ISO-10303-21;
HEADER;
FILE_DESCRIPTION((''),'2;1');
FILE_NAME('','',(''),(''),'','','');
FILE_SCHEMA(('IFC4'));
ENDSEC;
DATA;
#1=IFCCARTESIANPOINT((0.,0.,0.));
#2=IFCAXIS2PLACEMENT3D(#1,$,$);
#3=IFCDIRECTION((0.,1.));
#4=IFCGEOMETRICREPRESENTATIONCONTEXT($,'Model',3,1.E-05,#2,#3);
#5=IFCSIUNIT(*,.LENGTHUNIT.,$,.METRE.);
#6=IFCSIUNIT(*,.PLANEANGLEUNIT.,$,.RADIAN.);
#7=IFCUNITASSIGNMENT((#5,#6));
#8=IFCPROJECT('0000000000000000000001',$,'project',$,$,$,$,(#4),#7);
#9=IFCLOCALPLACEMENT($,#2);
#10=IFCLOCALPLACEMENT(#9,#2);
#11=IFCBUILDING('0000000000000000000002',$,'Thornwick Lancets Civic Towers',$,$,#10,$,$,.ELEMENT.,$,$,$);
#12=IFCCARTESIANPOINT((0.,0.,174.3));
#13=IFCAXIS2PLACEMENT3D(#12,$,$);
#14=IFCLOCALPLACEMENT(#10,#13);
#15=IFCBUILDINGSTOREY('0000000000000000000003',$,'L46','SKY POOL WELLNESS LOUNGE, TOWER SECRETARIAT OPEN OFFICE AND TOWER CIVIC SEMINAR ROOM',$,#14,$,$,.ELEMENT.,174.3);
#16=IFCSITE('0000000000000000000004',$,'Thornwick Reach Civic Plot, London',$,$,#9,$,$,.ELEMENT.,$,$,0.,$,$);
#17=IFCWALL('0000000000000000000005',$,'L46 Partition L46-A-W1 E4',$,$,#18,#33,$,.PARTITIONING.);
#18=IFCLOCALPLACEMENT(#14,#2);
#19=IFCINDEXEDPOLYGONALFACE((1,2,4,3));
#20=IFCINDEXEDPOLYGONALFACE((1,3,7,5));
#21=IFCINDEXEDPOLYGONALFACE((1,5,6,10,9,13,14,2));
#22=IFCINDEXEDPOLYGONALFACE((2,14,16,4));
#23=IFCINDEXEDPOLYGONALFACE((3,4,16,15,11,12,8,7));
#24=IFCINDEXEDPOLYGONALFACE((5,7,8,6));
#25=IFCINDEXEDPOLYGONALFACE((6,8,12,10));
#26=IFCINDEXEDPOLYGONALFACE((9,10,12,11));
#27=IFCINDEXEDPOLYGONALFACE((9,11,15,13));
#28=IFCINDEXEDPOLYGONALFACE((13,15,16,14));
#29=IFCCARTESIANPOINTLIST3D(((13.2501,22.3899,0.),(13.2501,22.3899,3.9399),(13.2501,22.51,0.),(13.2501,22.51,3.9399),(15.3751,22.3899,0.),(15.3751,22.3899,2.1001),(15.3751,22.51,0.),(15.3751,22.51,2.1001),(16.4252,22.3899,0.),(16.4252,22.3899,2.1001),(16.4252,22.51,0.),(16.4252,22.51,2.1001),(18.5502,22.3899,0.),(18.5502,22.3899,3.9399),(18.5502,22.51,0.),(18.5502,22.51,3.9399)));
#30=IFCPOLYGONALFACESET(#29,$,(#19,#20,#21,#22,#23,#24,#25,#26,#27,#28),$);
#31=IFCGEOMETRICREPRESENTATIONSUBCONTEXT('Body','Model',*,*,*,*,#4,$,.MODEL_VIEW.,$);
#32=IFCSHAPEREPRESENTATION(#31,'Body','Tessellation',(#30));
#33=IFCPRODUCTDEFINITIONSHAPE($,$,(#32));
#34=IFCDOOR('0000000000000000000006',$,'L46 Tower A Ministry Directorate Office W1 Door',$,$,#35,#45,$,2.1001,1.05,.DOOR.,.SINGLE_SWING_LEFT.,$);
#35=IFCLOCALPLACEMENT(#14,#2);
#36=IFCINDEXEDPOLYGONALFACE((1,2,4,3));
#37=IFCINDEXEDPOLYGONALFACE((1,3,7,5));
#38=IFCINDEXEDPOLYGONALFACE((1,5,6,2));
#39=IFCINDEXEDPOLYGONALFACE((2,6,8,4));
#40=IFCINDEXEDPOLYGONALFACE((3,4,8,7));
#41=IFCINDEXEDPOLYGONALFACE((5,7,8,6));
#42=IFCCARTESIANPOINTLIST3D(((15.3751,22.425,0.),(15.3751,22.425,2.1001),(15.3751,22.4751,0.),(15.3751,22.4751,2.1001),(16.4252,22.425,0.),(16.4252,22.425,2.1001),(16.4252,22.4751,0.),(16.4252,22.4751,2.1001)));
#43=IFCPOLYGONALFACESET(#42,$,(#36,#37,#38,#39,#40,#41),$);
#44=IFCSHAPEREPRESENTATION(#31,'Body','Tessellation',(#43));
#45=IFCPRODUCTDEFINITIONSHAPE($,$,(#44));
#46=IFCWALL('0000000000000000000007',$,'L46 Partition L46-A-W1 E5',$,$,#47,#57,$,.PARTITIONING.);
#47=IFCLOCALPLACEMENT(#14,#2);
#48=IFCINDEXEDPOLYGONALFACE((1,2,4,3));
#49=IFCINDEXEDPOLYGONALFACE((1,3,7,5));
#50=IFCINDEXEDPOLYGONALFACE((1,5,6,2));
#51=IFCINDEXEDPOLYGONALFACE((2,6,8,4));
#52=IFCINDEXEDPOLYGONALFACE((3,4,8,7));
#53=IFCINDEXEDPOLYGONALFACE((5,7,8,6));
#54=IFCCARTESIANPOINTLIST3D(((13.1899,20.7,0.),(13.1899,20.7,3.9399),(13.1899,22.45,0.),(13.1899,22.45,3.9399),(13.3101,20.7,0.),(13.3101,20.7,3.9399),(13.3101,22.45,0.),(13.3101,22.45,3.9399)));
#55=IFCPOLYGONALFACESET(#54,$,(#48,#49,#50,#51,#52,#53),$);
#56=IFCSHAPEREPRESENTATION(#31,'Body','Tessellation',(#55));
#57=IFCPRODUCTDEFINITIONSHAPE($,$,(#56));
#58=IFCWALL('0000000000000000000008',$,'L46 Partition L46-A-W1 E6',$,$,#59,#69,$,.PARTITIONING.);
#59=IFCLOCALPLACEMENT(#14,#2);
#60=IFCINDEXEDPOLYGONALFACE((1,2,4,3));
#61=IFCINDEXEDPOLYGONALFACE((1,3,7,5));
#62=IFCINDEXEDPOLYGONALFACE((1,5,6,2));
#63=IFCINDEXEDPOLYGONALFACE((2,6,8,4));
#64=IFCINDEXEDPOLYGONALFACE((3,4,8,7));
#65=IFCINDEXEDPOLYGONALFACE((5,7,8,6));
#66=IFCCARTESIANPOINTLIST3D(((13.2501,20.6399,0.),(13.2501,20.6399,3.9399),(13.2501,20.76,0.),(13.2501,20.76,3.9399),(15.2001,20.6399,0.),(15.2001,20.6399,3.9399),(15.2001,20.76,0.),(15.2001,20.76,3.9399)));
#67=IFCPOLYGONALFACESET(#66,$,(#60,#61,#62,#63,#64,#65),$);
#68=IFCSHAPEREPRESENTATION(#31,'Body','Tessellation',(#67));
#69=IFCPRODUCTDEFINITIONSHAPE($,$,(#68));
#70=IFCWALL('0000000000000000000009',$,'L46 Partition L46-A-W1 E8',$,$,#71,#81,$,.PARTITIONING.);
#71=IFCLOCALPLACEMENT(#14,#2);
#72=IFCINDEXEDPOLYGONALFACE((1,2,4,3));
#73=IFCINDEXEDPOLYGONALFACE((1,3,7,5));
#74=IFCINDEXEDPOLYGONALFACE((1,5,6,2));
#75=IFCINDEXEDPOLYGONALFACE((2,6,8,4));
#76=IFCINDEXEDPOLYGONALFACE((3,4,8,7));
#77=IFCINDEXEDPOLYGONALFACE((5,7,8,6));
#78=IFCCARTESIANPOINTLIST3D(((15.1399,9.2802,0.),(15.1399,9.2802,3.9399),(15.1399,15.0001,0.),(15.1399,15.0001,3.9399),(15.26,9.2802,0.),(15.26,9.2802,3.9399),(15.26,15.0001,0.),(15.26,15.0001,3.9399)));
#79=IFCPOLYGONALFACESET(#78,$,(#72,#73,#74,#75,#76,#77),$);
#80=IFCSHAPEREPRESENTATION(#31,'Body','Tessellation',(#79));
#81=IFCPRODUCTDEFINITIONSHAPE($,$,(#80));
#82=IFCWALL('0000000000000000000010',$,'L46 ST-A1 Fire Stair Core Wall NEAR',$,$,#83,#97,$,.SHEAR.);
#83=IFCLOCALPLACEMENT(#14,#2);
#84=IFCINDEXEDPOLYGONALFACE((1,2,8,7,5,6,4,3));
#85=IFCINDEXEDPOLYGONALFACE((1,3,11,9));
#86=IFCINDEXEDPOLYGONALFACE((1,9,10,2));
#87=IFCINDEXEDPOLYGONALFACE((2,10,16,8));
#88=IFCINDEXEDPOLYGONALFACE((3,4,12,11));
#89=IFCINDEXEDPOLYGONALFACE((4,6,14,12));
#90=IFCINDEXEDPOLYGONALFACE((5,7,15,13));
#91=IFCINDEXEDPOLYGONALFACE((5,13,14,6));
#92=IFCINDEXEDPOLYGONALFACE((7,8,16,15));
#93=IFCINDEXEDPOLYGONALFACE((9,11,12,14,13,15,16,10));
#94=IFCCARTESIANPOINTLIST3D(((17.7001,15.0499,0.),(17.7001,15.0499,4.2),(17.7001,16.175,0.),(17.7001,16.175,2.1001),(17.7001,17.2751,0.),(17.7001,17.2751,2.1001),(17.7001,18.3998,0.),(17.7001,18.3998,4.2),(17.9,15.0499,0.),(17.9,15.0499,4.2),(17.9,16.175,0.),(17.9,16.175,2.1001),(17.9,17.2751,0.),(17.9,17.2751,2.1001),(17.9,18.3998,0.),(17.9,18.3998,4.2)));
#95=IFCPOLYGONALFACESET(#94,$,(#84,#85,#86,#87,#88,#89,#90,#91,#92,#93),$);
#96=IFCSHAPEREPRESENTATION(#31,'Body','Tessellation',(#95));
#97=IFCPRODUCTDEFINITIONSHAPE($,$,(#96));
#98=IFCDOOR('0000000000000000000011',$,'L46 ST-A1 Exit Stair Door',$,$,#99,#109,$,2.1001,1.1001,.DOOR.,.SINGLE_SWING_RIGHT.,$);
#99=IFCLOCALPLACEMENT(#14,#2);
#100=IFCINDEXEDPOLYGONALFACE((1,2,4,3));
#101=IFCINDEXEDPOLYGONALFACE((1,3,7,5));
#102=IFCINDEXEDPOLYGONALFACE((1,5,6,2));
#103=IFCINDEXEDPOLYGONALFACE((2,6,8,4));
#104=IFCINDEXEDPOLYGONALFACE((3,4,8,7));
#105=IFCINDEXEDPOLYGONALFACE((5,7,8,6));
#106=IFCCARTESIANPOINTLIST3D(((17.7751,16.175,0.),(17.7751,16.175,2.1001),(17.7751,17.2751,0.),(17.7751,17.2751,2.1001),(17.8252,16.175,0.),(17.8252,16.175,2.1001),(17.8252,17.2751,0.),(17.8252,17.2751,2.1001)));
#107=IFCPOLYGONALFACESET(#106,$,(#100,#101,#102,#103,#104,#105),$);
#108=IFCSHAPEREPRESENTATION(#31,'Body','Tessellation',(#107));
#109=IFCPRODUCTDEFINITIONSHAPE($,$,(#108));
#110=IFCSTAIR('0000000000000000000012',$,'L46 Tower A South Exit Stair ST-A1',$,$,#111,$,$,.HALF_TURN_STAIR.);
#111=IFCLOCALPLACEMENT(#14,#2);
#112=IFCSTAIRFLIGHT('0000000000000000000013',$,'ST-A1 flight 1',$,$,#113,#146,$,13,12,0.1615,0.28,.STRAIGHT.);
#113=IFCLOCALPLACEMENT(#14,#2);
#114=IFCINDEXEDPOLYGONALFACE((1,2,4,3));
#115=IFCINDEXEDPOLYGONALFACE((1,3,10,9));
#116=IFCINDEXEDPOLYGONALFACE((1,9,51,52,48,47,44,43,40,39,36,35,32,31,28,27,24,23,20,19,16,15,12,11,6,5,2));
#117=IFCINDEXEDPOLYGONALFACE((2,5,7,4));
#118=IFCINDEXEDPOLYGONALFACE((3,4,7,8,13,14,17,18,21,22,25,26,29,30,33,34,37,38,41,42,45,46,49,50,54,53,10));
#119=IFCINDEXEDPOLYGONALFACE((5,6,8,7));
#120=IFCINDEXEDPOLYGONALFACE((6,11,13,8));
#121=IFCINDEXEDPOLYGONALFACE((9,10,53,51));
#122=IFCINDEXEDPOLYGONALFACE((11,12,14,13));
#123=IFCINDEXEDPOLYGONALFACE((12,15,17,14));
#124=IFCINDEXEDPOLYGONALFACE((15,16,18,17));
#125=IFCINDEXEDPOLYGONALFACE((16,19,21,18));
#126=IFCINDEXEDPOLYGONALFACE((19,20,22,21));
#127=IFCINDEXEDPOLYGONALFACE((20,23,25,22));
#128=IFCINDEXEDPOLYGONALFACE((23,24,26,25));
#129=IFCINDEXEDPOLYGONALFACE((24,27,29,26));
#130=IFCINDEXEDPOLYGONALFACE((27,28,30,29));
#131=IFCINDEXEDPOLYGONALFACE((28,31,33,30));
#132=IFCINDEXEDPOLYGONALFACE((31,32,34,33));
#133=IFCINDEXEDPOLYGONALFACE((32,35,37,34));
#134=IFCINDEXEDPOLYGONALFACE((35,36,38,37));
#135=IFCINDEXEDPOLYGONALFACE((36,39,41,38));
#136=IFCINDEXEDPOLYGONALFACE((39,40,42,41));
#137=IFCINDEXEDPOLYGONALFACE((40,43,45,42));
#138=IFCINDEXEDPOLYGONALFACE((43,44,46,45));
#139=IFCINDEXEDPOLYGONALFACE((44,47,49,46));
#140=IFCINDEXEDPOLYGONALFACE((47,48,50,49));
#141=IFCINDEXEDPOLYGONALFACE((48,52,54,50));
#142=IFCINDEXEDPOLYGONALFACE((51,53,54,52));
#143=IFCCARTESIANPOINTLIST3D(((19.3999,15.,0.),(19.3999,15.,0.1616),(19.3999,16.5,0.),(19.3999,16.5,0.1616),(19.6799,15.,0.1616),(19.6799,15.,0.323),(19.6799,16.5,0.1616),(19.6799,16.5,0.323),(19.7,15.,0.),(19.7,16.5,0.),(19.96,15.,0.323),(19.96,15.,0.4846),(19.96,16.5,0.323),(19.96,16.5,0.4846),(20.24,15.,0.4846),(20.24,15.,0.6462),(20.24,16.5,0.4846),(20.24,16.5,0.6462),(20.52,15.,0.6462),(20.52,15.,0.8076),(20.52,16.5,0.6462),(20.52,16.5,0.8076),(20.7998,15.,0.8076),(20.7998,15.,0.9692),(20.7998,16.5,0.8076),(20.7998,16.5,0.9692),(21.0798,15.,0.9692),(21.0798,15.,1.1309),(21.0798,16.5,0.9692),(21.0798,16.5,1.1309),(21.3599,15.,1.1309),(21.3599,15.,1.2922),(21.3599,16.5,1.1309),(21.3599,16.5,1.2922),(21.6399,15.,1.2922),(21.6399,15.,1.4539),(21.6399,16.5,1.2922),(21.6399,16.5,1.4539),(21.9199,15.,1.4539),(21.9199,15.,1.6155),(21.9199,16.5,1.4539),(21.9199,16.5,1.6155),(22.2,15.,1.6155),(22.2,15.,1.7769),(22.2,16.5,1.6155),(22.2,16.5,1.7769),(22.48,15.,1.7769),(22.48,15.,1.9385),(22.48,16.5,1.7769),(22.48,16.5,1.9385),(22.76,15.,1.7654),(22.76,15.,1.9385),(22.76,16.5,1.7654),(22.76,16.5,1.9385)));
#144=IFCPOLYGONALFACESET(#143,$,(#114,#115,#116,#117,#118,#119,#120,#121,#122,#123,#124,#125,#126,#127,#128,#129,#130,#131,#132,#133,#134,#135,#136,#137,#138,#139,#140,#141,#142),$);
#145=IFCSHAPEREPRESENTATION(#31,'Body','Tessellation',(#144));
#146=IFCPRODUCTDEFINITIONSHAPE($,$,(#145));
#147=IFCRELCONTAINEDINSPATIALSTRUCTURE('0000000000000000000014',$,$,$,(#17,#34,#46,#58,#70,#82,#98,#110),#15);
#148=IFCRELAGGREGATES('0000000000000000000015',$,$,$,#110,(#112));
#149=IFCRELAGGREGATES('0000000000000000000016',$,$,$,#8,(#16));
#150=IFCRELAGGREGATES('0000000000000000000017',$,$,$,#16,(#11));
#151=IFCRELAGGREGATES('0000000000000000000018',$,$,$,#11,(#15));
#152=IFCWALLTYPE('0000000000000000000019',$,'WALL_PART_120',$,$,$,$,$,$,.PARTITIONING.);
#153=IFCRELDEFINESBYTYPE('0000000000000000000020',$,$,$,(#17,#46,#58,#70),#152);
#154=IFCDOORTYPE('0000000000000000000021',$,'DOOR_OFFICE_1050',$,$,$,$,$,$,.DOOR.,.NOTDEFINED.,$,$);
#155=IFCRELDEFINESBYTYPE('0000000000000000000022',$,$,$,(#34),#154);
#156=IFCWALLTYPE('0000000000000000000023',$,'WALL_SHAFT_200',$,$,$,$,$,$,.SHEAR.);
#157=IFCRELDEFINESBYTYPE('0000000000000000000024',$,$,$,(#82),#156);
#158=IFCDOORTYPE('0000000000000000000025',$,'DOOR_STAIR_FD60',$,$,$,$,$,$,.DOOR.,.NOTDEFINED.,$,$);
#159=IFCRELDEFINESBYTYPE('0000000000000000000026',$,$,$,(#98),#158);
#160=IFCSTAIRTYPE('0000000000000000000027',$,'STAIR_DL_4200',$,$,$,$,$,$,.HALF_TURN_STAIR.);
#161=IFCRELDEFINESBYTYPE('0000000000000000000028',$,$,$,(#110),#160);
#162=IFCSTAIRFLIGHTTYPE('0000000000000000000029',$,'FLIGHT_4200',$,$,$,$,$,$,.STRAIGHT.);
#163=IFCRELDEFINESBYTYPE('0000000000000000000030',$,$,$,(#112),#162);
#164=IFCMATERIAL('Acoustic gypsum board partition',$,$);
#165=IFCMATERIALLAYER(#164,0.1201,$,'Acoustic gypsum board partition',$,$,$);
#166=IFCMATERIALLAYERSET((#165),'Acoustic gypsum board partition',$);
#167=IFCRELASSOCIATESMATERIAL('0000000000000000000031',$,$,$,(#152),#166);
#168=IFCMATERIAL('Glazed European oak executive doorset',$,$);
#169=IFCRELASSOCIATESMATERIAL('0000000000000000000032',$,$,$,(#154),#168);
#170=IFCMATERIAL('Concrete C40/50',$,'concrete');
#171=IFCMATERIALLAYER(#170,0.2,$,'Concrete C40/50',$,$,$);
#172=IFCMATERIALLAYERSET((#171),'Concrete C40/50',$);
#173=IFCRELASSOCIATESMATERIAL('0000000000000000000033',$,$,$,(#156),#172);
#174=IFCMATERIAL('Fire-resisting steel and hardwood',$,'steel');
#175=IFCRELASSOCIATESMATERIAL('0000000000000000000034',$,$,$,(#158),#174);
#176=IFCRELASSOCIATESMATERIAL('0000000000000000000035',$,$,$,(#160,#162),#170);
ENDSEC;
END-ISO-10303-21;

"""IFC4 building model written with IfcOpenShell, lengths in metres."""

from ifc_helpers import new_model, si_unit, direction, frame, frame_2d, origin, place, context, subcontext, project, spatial, polyline, rectangle, outline, extrude, material, layer, layer_set, type_object, element, fill, aggregate, save


model = new_model("IFC4")

# Units and contexts
model_context = context("Model", 3, precision=1e-05, world=origin(), true_north=direction((0.0, 1.0)))
body_context = subcontext(model_context, "Body", "Model", "MODEL_VIEW")
ifc_project = project(units=[si_unit("LENGTHUNIT", "METRE"), si_unit("PLANEANGLEUNIT", "RADIAN")], contexts=[model_context])

# Site, building, storey
site_placement = place(None, origin())
site = spatial("IfcSite", under=ifc_project, at=site_placement, Name="Thornwick Reach Civic Plot, London", CompositionType="ELEMENT", RefElevation=0.0)
building_placement = place(site_placement, origin())
building = spatial("IfcBuilding", under=site, at=building_placement, Name="Thornwick Lancets Civic Towers", CompositionType="ELEMENT")
storey_placement = place(building_placement, frame((0.0, 0.0, 174.3)))
storey = spatial("IfcBuildingStorey", under=building, at=storey_placement, Name="L46", Description="SKY POOL WELLNESS LOUNGE, TOWER SECRETARIAT OPEN OFFICE AND TOWER CIVIC SEMINAR ROOM", CompositionType="ELEMENT", Elevation=174.3)

# Shared definitions
ifc_material_1 = material(Name="Acoustic gypsum board partition")
ifc_layer_1 = layer(ifc_material_1, 0.1201, Name="Acoustic gypsum board partition")
ifc_layer_set_1 = layer_set([ifc_layer_1], Name="Acoustic gypsum board partition")
wall_type_1 = type_object("IfcWallType", Name="WALL_PART_120", PredefinedType="PARTITIONING", material=ifc_layer_set_1)

# Wall, opening, door
wall_1_placement = place(storey_placement, frame((18.55, 22.45, 0.0), z_axis=(0.0, 0.0, 1.0), x_axis=(-1.0, 0.0, 0.0)))
wall_1 = element("IfcWall", 1, at=wall_1_placement, inside=storey, type_object=wall_type_1, Name="L46 Partition L46-A-W1 E4", PredefinedType="PARTITIONING", context=body_context, shape_type="SweptSolid", body=[
    extrude(rectangle(XDim=5.3, YDim=0.1201, at=frame_2d((2.6499, 0.0))), origin(), (0.0, 0.0, 1.0), 3.9399),
])
opening_1_placement = place(wall_1_placement, frame((2.125, 0.0, 0.0)))
opening_1 = element("IfcOpeningElement", 2, at=opening_1_placement, cuts=wall_1, PredefinedType="OPENING", context=body_context, shape_type="SweptSolid", body=[
    extrude(rectangle(XDim=1.05, YDim=2.1001, at=frame_2d((0.5249, 1.05))), frame((0.0, 0.0701, 0.0), z_axis=(0.0, -1.0, 0.0), x_axis=(1.0, 0.0, 0.0)), (0.0, 0.0, 1.0), 0.1401),
])
ifc_material_2 = material(Name="Glazed European oak executive doorset")
door_type_1 = type_object("IfcDoorType", Name="DOOR_OFFICE_1050", OperationType="NOTDEFINED", PredefinedType="DOOR", material=ifc_material_2)
door_1_placement = place(opening_1_placement, origin())
door_1 = element("IfcDoor", 3, at=door_1_placement, inside=storey, type_object=door_type_1, Name="L46 Tower A Ministry Directorate Office W1 Door", OperationType="SINGLE_SWING_LEFT", OverallHeight=2.1001, OverallWidth=1.05, PredefinedType="DOOR", context=body_context, shape_type="SweptSolid", body=[
    extrude(rectangle(XDim=1.05, YDim=2.1001, at=frame_2d((0.5249, 1.05))), frame((0.0, 0.0249, 0.0), z_axis=(0.0, -1.0, 0.0), x_axis=(1.0, 0.0, 0.0)), (0.0, 0.0, 1.0), 0.05),
])
fill(opening_1, door_1)

# Walls
wall_2_placement = place(storey_placement, frame((13.25, 22.45, 0.0), z_axis=(0.0, 0.0, 1.0), x_axis=(0.0, -1.0, 0.0)))
element("IfcWall", 4, at=wall_2_placement, inside=storey, type_object=wall_type_1, Name="L46 Partition L46-A-W1 E5", PredefinedType="PARTITIONING", context=body_context, shape_type="SweptSolid", body=[
    extrude(rectangle(XDim=1.75, YDim=0.1201, at=frame_2d((0.875, 0.0))), origin(), (0.0, 0.0, 1.0), 3.9399),
])
wall_3_placement = place(storey_placement, frame((13.25, 20.7, 0.0), z_axis=(0.0, 0.0, 1.0), x_axis=(1.0, 0.0, 0.0)))
element("IfcWall", 5, at=wall_3_placement, inside=storey, type_object=wall_type_1, Name="L46 Partition L46-A-W1 E6", PredefinedType="PARTITIONING", context=body_context, shape_type="SweptSolid", body=[
    extrude(rectangle(XDim=1.95, YDim=0.1201, at=frame_2d((0.9751, 0.0))), origin(), (0.0, 0.0, 1.0), 3.9399),
])
wall_4_placement = place(storey_placement, frame((15.2, 15.0, 0.0), z_axis=(0.0, 0.0, 1.0), x_axis=(0.0, -1.0, 0.0)))
element("IfcWall", 6, at=wall_4_placement, inside=storey, type_object=wall_type_1, Name="L46 Partition L46-A-W1 E8", PredefinedType="PARTITIONING", context=body_context, shape_type="SweptSolid", body=[
    extrude(rectangle(XDim=5.72, YDim=0.1201, at=frame_2d((2.8599, 0.0))), origin(), (0.0, 0.0, 1.0), 3.9399),
])

# Wall, opening, door
ifc_material_3 = material(Name="Concrete C40/50", Category="concrete")
ifc_layer_2 = layer(ifc_material_3, 0.2, Name="Concrete C40/50")
ifc_layer_set_2 = layer_set([ifc_layer_2], Name="Concrete C40/50")
wall_type_2 = type_object("IfcWallType", Name="WALL_SHAFT_200", PredefinedType="SHEAR", material=ifc_layer_set_2)
wall_5_placement = place(storey_placement, frame((17.8, 15.05, 0.0), z_axis=(0.0, 0.0, 1.0), x_axis=(0.0, 1.0, 0.0)))
wall_5 = element("IfcWall", 7, at=wall_5_placement, inside=storey, type_object=wall_type_2, Name="L46 ST-A1 Fire Stair Core Wall NEAR", PredefinedType="SHEAR", context=body_context, shape_type="SweptSolid", body=[
    extrude(rectangle(XDim=3.3499, YDim=0.2, at=frame_2d((1.6748, 0.0))), origin(), (0.0, 0.0, 1.0), 4.2),
])
opening_2_placement = place(wall_5_placement, frame((1.125, 0.0, 0.0)))
opening_2 = element("IfcOpeningElement", 8, at=opening_2_placement, cuts=wall_5, PredefinedType="OPENING", context=body_context, shape_type="SweptSolid", body=[
    extrude(rectangle(XDim=1.1001, YDim=2.1001, at=frame_2d((0.55, 1.05))), frame((0.0, 0.1099, 0.0), z_axis=(0.0, -1.0, 0.0), x_axis=(1.0, 0.0, 0.0)), (0.0, 0.0, 1.0), 0.22),
])
ifc_material_4 = material(Name="Fire-resisting steel and hardwood", Category="steel")
door_type_2 = type_object("IfcDoorType", Name="DOOR_STAIR_FD60", OperationType="NOTDEFINED", PredefinedType="DOOR", material=ifc_material_4)
door_2_placement = place(opening_2_placement, origin())
door_2 = element("IfcDoor", 9, at=door_2_placement, inside=storey, type_object=door_type_2, Name="L46 ST-A1 Exit Stair Door", OperationType="SINGLE_SWING_RIGHT", OverallHeight=2.1001, OverallWidth=1.1001, PredefinedType="DOOR", context=body_context, shape_type="SweptSolid", body=[
    extrude(rectangle(XDim=1.1001, YDim=2.1001, at=frame_2d((0.55, 1.05))), frame((0.0, 0.0249, 0.0), z_axis=(0.0, -1.0, 0.0), x_axis=(1.0, 0.0, 0.0)), (0.0, 0.0, 1.0), 0.05),
])
fill(opening_2, door_2)

# Stair, stair flight
stair_type = type_object("IfcStairType", Name="STAIR_DL_4200", PredefinedType="HALF_TURN_STAIR", material=ifc_material_3)
stair_placement = place(storey_placement, origin())
stair = element("IfcStair", 10, at=stair_placement, inside=storey, type_object=stair_type, Name="L46 Tower A South Exit Stair ST-A1", PredefinedType="HALF_TURN_STAIR")
stair_flight_type = type_object("IfcStairFlightType", Name="FLIGHT_4200", PredefinedType="STRAIGHT", material=ifc_material_3)
stair_flight_placement = place(storey_placement, frame((19.3999, 15.75, 0.0), z_axis=(0.0, 0.0, 1.0), x_axis=(1.0, 0.0, 0.0)))
stair_flight = element("IfcStairFlight", 11, at=stair_flight_placement, type_object=stair_flight_type, Name="ST-A1 flight 1", NumberOfRisers=13, NumberOfTreads=12, PredefinedType="STRAIGHT", RiserHeight=0.1615, TreadLength=0.28, context=body_context, shape_type="SweptSolid", body=[
    extrude(outline(polyline([(0.0, 0.0), (0.0, 0.1616), (0.28, 0.1616), (0.28, 0.323), (0.5601, 0.323), (0.5601, 0.4846), (0.8401, 0.4846), (0.8401, 0.6462), (1.1201, 0.6462), (1.1201, 0.8076), (1.3999, 0.8076), (1.3999, 0.9692), (1.6799, 0.9692), (1.6799, 1.1309), (1.96, 1.1309), (1.96, 1.2922), (2.24, 1.2922), (2.24, 1.4539), (2.52, 1.4539), (2.52, 1.6155), (2.8, 1.6155), (2.8, 1.7769), (3.0801, 1.7769), (3.0801, 1.9385), (3.3601, 1.9385), (3.3601, 2.1001), (3.3601, 1.7654), (0.3, 0.0), (0.0, 0.0)])), frame((0.0, 0.75, 0.0), z_axis=(0.0, -1.0, 0.0), x_axis=(1.0, 0.0, 0.0)), (0.0, 0.0, 1.0), 1.5),
])
aggregate(stair, [stair_flight])

save(model, "model.ifc")
